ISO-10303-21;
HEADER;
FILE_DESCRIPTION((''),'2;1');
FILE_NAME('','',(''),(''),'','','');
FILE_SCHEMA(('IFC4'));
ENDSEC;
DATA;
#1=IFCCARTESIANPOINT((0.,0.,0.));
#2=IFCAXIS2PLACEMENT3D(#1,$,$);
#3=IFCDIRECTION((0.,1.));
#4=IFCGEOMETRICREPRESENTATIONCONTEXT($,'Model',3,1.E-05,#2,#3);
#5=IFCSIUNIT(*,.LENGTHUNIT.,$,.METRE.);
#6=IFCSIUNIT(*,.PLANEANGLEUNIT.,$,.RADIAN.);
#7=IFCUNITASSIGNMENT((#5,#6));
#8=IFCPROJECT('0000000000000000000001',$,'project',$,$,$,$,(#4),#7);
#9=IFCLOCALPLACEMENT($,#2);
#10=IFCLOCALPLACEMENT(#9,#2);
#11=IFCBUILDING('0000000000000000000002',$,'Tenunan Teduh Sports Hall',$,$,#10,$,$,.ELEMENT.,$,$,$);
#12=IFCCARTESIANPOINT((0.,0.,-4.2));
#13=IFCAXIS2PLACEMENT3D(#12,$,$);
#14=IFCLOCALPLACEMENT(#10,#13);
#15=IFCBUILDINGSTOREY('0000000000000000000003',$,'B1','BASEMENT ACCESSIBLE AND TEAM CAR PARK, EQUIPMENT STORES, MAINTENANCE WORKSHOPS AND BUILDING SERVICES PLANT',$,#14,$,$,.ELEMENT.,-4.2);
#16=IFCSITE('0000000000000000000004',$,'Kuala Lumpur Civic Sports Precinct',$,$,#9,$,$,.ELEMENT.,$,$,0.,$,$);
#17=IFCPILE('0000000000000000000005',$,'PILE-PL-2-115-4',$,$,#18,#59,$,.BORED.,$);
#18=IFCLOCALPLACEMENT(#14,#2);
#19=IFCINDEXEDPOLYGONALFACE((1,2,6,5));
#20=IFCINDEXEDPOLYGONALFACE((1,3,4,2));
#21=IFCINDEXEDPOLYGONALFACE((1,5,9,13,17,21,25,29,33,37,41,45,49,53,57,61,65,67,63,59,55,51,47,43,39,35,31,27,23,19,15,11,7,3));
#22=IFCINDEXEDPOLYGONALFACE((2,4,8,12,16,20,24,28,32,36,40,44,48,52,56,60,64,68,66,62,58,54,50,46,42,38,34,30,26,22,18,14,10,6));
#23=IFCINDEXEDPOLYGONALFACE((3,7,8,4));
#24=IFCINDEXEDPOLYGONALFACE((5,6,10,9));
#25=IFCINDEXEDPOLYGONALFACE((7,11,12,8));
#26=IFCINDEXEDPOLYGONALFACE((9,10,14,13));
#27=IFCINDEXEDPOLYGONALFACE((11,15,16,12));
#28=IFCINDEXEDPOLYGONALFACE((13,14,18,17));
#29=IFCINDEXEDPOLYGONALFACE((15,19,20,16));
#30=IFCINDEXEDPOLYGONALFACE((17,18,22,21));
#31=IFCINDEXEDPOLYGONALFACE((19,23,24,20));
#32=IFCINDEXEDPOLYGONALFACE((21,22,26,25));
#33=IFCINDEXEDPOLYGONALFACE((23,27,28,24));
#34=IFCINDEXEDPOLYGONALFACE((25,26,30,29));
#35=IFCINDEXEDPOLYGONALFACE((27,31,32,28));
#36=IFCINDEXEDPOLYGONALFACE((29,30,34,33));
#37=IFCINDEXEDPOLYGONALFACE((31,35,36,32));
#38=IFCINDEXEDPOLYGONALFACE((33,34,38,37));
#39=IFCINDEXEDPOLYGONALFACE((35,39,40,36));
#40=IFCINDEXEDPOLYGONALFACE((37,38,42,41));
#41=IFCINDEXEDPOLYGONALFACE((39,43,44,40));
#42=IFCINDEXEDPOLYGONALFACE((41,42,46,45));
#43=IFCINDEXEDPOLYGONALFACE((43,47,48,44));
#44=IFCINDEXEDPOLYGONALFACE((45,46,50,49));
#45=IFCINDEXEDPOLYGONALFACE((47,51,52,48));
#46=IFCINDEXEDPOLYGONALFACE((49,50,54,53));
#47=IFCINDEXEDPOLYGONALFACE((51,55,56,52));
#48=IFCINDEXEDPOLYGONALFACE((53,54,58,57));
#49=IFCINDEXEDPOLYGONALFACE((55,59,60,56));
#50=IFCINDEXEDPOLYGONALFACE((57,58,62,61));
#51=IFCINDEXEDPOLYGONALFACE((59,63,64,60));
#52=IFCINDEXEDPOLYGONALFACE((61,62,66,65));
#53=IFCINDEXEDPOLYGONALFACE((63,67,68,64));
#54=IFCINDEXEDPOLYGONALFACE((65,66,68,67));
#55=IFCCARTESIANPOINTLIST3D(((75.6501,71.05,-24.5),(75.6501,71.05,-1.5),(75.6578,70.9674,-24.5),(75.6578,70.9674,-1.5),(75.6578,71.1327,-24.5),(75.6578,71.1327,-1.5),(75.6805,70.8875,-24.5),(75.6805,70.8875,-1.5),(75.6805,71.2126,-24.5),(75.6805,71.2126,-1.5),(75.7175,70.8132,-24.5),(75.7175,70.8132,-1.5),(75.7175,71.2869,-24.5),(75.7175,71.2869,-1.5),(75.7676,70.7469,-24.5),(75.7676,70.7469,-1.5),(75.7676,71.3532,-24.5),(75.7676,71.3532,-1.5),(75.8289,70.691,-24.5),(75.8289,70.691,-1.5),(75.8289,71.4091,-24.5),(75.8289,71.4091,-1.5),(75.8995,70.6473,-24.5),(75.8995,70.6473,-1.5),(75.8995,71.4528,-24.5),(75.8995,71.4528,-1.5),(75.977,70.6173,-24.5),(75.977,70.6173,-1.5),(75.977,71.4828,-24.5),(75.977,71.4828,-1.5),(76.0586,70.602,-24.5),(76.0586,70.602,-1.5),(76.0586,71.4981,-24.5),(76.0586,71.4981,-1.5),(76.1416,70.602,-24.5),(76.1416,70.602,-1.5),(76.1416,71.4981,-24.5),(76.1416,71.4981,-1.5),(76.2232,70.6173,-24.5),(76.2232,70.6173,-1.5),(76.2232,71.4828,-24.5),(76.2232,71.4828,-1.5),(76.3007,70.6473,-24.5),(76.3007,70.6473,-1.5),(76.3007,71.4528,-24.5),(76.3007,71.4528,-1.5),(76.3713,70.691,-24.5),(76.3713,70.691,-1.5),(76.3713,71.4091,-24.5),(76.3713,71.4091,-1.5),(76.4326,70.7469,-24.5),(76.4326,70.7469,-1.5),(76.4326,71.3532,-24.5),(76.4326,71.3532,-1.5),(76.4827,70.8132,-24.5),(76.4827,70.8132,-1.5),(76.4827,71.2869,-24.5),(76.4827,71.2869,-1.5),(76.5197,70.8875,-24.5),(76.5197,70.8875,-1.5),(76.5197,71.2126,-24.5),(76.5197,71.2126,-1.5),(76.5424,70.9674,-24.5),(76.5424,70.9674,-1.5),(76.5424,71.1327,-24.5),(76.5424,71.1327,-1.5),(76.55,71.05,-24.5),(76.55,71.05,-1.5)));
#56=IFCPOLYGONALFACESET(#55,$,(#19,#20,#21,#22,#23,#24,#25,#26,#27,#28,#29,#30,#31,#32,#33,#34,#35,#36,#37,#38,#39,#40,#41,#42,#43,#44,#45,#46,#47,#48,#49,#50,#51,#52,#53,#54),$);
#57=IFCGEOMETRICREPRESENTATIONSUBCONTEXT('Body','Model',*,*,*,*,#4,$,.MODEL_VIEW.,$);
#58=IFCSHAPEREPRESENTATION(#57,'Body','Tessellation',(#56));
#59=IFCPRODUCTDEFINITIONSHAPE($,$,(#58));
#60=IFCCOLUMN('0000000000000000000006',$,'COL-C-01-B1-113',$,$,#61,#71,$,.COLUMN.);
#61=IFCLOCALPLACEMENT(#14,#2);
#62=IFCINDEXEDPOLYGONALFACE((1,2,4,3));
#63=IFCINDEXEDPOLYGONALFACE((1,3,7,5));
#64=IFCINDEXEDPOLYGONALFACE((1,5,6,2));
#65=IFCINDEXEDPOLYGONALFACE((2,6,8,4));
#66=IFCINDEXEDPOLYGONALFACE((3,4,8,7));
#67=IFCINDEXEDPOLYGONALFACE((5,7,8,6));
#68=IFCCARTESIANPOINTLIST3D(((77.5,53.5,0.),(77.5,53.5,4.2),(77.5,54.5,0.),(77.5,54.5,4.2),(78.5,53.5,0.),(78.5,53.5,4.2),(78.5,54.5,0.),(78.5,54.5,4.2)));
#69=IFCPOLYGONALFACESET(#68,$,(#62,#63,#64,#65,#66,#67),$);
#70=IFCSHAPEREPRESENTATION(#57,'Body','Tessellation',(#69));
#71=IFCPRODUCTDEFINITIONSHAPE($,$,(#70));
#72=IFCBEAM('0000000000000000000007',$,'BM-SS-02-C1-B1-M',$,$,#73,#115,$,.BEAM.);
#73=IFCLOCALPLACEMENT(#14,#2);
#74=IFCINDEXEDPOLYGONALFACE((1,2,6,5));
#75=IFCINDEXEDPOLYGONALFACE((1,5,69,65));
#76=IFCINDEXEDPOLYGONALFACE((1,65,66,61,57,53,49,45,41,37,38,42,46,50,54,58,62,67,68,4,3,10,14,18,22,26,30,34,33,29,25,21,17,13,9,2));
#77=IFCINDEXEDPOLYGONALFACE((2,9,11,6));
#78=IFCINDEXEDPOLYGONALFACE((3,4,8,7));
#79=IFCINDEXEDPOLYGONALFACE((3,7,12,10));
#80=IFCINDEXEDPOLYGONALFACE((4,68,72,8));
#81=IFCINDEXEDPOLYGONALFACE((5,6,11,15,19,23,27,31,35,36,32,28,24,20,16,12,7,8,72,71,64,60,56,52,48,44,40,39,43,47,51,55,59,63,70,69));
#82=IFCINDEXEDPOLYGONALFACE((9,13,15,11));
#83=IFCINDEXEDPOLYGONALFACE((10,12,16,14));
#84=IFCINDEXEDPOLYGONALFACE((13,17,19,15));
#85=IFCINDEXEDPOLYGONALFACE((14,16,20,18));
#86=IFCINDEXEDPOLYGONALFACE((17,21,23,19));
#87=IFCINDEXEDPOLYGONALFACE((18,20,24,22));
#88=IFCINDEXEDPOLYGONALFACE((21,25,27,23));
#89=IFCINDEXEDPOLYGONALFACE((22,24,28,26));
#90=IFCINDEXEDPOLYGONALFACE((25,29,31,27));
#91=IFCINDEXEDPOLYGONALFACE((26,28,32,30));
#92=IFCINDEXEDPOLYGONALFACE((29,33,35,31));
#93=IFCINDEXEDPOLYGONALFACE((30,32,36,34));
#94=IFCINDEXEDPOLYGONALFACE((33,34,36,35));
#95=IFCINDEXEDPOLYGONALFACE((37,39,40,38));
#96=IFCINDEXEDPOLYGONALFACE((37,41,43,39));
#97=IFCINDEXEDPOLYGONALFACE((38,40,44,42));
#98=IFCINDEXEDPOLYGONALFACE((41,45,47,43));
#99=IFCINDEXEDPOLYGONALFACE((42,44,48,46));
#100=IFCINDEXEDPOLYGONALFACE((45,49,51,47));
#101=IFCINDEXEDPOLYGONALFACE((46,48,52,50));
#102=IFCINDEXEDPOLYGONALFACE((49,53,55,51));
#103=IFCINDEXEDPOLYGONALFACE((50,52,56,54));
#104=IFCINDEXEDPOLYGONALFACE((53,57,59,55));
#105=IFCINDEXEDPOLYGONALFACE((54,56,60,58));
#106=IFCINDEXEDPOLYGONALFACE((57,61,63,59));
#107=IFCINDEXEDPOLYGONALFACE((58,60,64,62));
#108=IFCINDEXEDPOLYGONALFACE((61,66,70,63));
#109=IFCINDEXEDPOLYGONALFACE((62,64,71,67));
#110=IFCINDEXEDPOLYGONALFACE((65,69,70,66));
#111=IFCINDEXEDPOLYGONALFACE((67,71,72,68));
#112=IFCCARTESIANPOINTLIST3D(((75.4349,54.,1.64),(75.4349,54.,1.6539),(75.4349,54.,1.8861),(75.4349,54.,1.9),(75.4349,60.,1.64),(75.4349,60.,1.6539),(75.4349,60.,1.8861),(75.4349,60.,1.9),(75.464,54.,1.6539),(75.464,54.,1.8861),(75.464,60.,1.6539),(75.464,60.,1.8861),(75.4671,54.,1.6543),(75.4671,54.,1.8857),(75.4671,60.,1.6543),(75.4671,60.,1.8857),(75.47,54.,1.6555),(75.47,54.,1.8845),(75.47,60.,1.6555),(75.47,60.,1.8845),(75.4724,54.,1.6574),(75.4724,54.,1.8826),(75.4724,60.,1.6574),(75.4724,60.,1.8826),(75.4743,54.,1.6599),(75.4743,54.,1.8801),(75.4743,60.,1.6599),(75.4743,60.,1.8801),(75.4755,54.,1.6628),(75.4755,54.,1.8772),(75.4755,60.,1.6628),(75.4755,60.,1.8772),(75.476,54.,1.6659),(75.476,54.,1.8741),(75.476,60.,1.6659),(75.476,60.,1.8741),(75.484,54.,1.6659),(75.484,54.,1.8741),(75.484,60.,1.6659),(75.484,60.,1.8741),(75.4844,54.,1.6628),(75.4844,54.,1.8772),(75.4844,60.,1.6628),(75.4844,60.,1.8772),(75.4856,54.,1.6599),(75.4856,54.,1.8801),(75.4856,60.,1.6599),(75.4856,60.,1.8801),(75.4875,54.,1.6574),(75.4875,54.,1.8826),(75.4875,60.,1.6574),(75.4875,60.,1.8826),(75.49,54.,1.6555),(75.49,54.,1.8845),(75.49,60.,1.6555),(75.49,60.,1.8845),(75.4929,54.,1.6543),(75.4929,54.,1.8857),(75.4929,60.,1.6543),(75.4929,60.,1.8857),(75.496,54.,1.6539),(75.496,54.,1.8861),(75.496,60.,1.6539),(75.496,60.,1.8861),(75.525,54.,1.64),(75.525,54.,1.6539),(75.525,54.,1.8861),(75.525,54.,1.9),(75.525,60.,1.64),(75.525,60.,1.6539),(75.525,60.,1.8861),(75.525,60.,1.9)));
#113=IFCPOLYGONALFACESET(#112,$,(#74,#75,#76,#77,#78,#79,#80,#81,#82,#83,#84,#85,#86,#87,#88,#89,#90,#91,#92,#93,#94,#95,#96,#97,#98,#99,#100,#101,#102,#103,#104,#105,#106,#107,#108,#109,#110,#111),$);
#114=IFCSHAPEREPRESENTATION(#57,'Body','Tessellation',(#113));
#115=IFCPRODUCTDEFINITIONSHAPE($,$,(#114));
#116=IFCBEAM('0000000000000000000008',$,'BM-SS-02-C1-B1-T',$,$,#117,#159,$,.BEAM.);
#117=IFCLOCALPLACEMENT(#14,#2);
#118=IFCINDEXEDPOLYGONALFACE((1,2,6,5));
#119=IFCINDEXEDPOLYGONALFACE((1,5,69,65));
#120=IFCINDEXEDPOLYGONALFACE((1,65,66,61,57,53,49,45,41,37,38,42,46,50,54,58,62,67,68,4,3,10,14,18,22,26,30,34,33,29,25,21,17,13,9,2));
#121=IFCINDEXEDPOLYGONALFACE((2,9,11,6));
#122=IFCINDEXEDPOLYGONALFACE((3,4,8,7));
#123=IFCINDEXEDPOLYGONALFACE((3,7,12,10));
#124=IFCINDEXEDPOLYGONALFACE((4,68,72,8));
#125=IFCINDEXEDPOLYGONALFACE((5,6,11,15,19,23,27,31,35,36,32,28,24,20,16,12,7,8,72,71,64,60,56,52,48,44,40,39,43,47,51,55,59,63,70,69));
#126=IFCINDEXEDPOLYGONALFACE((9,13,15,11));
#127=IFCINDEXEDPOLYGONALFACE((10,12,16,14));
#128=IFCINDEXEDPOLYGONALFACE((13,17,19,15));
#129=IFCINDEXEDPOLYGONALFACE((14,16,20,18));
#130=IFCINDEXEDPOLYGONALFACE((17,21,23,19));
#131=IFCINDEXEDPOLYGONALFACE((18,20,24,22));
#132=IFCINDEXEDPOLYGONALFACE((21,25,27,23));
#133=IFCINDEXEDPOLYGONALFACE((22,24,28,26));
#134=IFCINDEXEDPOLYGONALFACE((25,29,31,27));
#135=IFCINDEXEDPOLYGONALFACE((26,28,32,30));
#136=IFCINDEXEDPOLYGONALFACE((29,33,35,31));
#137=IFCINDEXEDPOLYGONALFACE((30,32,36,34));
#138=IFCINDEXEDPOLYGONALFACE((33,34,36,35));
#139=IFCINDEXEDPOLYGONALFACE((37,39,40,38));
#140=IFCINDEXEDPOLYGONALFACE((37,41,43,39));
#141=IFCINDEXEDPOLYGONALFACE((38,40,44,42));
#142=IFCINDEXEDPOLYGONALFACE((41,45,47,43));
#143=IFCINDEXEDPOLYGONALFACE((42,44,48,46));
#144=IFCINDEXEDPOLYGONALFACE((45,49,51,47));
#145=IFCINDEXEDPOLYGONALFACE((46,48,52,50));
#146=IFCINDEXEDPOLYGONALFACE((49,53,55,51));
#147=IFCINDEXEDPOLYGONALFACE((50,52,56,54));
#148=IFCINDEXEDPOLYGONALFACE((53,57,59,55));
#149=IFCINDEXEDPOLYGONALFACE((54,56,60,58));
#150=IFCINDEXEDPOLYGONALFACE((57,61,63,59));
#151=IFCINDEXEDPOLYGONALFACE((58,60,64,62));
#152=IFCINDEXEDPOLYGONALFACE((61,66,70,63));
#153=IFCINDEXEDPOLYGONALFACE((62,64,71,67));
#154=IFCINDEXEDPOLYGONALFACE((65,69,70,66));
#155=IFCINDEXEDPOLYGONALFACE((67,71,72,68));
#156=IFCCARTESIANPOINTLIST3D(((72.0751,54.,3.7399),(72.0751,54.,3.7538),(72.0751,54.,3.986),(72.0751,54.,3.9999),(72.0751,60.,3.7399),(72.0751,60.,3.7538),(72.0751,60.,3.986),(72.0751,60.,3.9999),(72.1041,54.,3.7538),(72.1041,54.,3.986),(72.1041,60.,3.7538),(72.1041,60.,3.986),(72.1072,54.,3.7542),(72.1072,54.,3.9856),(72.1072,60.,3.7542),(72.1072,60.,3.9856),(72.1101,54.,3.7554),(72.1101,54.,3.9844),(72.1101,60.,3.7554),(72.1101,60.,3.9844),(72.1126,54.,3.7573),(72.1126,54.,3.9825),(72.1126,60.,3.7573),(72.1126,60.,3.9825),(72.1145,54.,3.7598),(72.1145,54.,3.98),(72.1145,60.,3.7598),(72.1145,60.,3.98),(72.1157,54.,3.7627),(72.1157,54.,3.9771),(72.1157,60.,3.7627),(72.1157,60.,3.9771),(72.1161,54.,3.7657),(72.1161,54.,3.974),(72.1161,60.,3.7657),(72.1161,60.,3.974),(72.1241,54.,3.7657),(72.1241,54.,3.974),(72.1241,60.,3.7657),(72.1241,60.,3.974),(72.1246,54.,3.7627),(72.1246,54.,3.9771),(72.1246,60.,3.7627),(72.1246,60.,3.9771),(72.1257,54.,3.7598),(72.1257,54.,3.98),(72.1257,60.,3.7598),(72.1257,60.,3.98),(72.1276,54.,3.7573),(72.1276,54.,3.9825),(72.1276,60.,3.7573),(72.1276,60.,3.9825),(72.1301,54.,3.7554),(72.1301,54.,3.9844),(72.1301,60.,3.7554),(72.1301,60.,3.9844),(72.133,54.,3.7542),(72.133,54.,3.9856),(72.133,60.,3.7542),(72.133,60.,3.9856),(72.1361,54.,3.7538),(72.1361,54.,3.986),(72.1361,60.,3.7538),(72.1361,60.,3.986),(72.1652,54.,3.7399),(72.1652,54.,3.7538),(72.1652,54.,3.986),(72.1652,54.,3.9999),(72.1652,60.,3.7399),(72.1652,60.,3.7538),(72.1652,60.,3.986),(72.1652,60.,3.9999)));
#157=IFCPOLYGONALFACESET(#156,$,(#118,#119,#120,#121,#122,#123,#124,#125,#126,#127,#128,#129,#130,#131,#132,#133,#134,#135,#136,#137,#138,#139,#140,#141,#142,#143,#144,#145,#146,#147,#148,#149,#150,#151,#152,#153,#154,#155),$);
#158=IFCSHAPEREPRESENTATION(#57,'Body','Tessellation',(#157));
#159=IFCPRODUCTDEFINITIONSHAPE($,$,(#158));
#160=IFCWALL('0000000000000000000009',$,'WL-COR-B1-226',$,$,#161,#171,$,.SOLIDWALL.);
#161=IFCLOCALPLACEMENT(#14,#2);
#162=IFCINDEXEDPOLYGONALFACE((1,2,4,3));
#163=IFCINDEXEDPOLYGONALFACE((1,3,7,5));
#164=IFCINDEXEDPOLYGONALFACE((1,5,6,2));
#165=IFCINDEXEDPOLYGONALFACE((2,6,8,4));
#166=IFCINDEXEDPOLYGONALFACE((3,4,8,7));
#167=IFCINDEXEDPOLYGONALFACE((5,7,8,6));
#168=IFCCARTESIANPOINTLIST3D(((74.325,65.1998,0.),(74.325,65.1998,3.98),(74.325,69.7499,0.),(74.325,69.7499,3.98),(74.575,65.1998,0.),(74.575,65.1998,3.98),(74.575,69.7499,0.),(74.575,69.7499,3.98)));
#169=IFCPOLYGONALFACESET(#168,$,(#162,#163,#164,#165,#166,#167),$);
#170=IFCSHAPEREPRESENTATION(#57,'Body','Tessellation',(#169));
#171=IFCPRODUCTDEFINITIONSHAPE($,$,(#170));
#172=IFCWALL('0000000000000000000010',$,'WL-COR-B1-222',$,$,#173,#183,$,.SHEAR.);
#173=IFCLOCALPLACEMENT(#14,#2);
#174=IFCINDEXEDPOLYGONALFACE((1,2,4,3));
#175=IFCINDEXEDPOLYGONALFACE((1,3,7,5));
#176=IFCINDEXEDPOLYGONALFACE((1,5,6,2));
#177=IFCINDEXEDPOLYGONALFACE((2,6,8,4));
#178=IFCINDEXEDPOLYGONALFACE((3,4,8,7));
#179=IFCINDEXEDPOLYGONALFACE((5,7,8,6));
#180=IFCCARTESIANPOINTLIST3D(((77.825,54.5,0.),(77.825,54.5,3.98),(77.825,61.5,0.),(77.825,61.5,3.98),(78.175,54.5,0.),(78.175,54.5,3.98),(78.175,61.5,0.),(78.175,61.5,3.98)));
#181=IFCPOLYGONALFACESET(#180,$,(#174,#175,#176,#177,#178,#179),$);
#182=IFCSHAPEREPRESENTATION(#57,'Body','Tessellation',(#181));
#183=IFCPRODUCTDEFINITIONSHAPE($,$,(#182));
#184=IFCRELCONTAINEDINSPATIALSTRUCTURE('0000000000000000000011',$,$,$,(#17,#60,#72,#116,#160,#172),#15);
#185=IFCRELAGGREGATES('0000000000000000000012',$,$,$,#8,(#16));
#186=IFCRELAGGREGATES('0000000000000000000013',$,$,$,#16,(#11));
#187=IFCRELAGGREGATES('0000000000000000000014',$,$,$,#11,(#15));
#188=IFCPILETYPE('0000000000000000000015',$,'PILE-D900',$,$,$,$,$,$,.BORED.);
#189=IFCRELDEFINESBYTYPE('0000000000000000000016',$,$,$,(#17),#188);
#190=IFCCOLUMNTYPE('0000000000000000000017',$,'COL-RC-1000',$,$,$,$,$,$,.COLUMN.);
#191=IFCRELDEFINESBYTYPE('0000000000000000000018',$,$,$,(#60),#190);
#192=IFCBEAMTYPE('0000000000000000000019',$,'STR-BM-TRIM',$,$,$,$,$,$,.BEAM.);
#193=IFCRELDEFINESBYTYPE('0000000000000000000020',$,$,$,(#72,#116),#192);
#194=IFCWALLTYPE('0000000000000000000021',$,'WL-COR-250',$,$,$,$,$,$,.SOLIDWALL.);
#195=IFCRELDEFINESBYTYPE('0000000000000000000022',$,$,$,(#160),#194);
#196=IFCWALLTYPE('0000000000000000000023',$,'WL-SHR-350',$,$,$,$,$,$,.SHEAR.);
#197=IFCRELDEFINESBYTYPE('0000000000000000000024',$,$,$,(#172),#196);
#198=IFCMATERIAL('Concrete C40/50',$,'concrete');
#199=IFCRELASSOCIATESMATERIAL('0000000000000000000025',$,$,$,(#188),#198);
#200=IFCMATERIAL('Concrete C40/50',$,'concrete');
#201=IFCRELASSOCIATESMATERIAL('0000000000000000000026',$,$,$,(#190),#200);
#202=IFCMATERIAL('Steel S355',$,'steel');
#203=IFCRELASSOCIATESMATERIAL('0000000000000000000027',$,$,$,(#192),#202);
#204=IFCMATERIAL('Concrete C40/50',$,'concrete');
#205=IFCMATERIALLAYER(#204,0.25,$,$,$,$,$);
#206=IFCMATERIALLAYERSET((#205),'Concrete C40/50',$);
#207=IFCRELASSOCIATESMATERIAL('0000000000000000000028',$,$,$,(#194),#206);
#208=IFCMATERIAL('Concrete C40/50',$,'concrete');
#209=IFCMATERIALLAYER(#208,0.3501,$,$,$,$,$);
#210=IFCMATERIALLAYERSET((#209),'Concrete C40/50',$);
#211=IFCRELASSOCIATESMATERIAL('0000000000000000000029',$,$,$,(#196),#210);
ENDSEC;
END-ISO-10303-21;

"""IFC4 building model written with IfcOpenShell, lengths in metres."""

from ifc_helpers import new_model, si_unit, direction, frame, frame_2d, origin, origin_2d, place, context, subcontext, project, spatial, rectangle, circle, i_section, extrude, material, layer, layer_set, material_profile, profile_set, type_object, element, save


model = new_model("IFC4")

# Units and contexts
model_context = context("Model", 3, precision=1e-05, world=origin(), true_north=direction((0.0, 1.0)))
body_context = subcontext(model_context, "Body", "Model", "MODEL_VIEW")
ifc_project = project(units=[si_unit("LENGTHUNIT", "METRE"), si_unit("PLANEANGLEUNIT", "RADIAN")], contexts=[model_context])

# Site, building, storey
site_placement = place(None, origin())
site = spatial("IfcSite", under=ifc_project, at=site_placement, Name="Kuala Lumpur Civic Sports Precinct", CompositionType="ELEMENT", RefElevation=0.0)
building_placement = place(site_placement, origin())
building = spatial("IfcBuilding", under=site, at=building_placement, Name="Tenunan Teduh Sports Hall", CompositionType="ELEMENT")
storey_placement = place(building_placement, frame((0.0, 0.0, -4.2)))
storey = spatial("IfcBuildingStorey", under=building, at=storey_placement, Name="B1", Description="BASEMENT ACCESSIBLE AND TEAM CAR PARK, EQUIPMENT STORES, MAINTENANCE WORKSHOPS AND BUILDING SERVICES PLANT", CompositionType="ELEMENT", Elevation=-4.2)

# Pile
ifc_material_1 = material(Name="Concrete C40/50", Category="concrete")
ifc_material_profile_1 = material_profile(ifc_material_1, circle(Radius=0.45, at=origin_2d()), Name="PILE D900")
ifc_profile_set_1 = profile_set([ifc_material_profile_1], Name="Concrete C40/50")
pile_type = type_object("IfcPileType", Name="PILE-D900", PredefinedType="BORED", material=ifc_profile_set_1)
for number, where, z_axis, x_axis, name in (
    (1, (76.1001, 71.05, -1.5), (0.0, 0.0, -1.0), (1.0, 0.0, 0.0), "PILE-PL-2-115-4"),
):
    element("IfcPile", number, at=place(storey_placement, frame(where, z_axis=z_axis, x_axis=x_axis)), inside=storey, type_object=pile_type, Name=name, PredefinedType="BORED", context=body_context, shape_type="SweptSolid", body=[
        extrude(circle(Radius=0.45, at=origin_2d()), origin(), (0.0, 0.0, 1.0), 23.0),
    ])

# Column
ifc_material_2 = material(Name="Concrete C40/50", Category="concrete")
ifc_material_profile_2 = material_profile(ifc_material_2, rectangle(XDim=1.0, YDim=1.0, at=origin_2d()), Name="RC 1000x1000")
ifc_profile_set_2 = profile_set([ifc_material_profile_2], Name="Concrete C40/50")
column_type = type_object("IfcColumnType", Name="COL-RC-1000", PredefinedType="COLUMN", material=ifc_profile_set_2)
column_placement = place(storey_placement, frame((78.0, 54.0, 0.0), z_axis=(0.0, 0.0, 1.0), x_axis=(1.0, 0.0, 0.0)))
element("IfcColumn", 2, at=column_placement, inside=storey, type_object=column_type, Name="COL-C-01-B1-113", PredefinedType="COLUMN", context=body_context, shape_type="SweptSolid", body=[
    extrude(rectangle(XDim=1.0, YDim=1.0, at=origin_2d()), origin(), (0.0, 0.0, 1.0), 4.2),
])

# Beams
ifc_material_3 = material(Name="Steel S355", Category="steel")
ifc_material_profile_3 = material_profile(ifc_material_3, i_section(OverallWidth=0.0901, OverallDepth=0.26, WebThickness=0.0081, FlangeThickness=0.0139, FilletRadius=0.012, at=origin_2d()), Name="PFC 260x90")
ifc_profile_set_3 = profile_set([ifc_material_profile_3], Name="Steel S355")
beam_type = type_object("IfcBeamType", Name="STR-BM-TRIM", PredefinedType="BEAM", material=ifc_profile_set_3)
for number, where, z_axis, x_axis, name in (
    (3, (75.48, 54.0, 1.77), (0.0, 1.0, 0.0), (-1.0, 0.0, 0.0), "BM-SS-02-C1-B1-M"),
    (4, (72.1201, 54.0, 3.8699), (0.0, 1.0, 0.0), (-1.0, 0.0, 0.0), "BM-SS-02-C1-B1-T"),
):
    element("IfcBeam", number, at=place(storey_placement, frame(where, z_axis=z_axis, x_axis=x_axis)), inside=storey, type_object=beam_type, Name=name, PredefinedType="BEAM", context=body_context, shape_type="SweptSolid", body=[
        extrude(i_section(OverallWidth=0.0901, OverallDepth=0.26, WebThickness=0.0081, FlangeThickness=0.0139, FilletRadius=0.012, at=origin_2d()), origin(), (0.0, 0.0, 1.0), 6.0),
    ])

# Walls
ifc_material_4 = material(Name="Concrete C40/50", Category="concrete")
ifc_layer_1 = layer(ifc_material_4, 0.25)
ifc_layer_set_1 = layer_set([ifc_layer_1], Name="Concrete C40/50")
wall_type_1 = type_object("IfcWallType", Name="WL-COR-250", PredefinedType="SOLIDWALL", material=ifc_layer_set_1)
wall_1_placement = place(storey_placement, frame((74.45, 65.2, 0.0), z_axis=(0.0, 0.0, 1.0), x_axis=(0.0, 1.0, 0.0)))
element("IfcWall", 5, at=wall_1_placement, inside=storey, type_object=wall_type_1, Name="WL-COR-B1-226", PredefinedType="SOLIDWALL", context=body_context, shape_type="SweptSolid", body=[
    extrude(rectangle(XDim=4.55, YDim=0.25, at=frame_2d((2.2749, 0.0))), origin(), (0.0, 0.0, 1.0), 3.98),
])
ifc_material_5 = material(Name="Concrete C40/50", Category="concrete")
ifc_layer_2 = layer(ifc_material_5, 0.3501)
ifc_layer_set_2 = layer_set([ifc_layer_2], Name="Concrete C40/50")
wall_type_2 = type_object("IfcWallType", Name="WL-SHR-350", PredefinedType="SHEAR", material=ifc_layer_set_2)
wall_2_placement = place(storey_placement, frame((78.0, 54.5, 0.0), z_axis=(0.0, 0.0, 1.0), x_axis=(0.0, 1.0, 0.0)))
element("IfcWall", 6, at=wall_2_placement, inside=storey, type_object=wall_type_2, Name="WL-COR-B1-222", PredefinedType="SHEAR", context=body_context, shape_type="SweptSolid", body=[
    extrude(rectangle(XDim=7.0, YDim=0.3501, at=frame_2d((3.5, 0.0))), origin(), (0.0, 0.0, 1.0), 3.98),
])

save(model, "model.ifc")
